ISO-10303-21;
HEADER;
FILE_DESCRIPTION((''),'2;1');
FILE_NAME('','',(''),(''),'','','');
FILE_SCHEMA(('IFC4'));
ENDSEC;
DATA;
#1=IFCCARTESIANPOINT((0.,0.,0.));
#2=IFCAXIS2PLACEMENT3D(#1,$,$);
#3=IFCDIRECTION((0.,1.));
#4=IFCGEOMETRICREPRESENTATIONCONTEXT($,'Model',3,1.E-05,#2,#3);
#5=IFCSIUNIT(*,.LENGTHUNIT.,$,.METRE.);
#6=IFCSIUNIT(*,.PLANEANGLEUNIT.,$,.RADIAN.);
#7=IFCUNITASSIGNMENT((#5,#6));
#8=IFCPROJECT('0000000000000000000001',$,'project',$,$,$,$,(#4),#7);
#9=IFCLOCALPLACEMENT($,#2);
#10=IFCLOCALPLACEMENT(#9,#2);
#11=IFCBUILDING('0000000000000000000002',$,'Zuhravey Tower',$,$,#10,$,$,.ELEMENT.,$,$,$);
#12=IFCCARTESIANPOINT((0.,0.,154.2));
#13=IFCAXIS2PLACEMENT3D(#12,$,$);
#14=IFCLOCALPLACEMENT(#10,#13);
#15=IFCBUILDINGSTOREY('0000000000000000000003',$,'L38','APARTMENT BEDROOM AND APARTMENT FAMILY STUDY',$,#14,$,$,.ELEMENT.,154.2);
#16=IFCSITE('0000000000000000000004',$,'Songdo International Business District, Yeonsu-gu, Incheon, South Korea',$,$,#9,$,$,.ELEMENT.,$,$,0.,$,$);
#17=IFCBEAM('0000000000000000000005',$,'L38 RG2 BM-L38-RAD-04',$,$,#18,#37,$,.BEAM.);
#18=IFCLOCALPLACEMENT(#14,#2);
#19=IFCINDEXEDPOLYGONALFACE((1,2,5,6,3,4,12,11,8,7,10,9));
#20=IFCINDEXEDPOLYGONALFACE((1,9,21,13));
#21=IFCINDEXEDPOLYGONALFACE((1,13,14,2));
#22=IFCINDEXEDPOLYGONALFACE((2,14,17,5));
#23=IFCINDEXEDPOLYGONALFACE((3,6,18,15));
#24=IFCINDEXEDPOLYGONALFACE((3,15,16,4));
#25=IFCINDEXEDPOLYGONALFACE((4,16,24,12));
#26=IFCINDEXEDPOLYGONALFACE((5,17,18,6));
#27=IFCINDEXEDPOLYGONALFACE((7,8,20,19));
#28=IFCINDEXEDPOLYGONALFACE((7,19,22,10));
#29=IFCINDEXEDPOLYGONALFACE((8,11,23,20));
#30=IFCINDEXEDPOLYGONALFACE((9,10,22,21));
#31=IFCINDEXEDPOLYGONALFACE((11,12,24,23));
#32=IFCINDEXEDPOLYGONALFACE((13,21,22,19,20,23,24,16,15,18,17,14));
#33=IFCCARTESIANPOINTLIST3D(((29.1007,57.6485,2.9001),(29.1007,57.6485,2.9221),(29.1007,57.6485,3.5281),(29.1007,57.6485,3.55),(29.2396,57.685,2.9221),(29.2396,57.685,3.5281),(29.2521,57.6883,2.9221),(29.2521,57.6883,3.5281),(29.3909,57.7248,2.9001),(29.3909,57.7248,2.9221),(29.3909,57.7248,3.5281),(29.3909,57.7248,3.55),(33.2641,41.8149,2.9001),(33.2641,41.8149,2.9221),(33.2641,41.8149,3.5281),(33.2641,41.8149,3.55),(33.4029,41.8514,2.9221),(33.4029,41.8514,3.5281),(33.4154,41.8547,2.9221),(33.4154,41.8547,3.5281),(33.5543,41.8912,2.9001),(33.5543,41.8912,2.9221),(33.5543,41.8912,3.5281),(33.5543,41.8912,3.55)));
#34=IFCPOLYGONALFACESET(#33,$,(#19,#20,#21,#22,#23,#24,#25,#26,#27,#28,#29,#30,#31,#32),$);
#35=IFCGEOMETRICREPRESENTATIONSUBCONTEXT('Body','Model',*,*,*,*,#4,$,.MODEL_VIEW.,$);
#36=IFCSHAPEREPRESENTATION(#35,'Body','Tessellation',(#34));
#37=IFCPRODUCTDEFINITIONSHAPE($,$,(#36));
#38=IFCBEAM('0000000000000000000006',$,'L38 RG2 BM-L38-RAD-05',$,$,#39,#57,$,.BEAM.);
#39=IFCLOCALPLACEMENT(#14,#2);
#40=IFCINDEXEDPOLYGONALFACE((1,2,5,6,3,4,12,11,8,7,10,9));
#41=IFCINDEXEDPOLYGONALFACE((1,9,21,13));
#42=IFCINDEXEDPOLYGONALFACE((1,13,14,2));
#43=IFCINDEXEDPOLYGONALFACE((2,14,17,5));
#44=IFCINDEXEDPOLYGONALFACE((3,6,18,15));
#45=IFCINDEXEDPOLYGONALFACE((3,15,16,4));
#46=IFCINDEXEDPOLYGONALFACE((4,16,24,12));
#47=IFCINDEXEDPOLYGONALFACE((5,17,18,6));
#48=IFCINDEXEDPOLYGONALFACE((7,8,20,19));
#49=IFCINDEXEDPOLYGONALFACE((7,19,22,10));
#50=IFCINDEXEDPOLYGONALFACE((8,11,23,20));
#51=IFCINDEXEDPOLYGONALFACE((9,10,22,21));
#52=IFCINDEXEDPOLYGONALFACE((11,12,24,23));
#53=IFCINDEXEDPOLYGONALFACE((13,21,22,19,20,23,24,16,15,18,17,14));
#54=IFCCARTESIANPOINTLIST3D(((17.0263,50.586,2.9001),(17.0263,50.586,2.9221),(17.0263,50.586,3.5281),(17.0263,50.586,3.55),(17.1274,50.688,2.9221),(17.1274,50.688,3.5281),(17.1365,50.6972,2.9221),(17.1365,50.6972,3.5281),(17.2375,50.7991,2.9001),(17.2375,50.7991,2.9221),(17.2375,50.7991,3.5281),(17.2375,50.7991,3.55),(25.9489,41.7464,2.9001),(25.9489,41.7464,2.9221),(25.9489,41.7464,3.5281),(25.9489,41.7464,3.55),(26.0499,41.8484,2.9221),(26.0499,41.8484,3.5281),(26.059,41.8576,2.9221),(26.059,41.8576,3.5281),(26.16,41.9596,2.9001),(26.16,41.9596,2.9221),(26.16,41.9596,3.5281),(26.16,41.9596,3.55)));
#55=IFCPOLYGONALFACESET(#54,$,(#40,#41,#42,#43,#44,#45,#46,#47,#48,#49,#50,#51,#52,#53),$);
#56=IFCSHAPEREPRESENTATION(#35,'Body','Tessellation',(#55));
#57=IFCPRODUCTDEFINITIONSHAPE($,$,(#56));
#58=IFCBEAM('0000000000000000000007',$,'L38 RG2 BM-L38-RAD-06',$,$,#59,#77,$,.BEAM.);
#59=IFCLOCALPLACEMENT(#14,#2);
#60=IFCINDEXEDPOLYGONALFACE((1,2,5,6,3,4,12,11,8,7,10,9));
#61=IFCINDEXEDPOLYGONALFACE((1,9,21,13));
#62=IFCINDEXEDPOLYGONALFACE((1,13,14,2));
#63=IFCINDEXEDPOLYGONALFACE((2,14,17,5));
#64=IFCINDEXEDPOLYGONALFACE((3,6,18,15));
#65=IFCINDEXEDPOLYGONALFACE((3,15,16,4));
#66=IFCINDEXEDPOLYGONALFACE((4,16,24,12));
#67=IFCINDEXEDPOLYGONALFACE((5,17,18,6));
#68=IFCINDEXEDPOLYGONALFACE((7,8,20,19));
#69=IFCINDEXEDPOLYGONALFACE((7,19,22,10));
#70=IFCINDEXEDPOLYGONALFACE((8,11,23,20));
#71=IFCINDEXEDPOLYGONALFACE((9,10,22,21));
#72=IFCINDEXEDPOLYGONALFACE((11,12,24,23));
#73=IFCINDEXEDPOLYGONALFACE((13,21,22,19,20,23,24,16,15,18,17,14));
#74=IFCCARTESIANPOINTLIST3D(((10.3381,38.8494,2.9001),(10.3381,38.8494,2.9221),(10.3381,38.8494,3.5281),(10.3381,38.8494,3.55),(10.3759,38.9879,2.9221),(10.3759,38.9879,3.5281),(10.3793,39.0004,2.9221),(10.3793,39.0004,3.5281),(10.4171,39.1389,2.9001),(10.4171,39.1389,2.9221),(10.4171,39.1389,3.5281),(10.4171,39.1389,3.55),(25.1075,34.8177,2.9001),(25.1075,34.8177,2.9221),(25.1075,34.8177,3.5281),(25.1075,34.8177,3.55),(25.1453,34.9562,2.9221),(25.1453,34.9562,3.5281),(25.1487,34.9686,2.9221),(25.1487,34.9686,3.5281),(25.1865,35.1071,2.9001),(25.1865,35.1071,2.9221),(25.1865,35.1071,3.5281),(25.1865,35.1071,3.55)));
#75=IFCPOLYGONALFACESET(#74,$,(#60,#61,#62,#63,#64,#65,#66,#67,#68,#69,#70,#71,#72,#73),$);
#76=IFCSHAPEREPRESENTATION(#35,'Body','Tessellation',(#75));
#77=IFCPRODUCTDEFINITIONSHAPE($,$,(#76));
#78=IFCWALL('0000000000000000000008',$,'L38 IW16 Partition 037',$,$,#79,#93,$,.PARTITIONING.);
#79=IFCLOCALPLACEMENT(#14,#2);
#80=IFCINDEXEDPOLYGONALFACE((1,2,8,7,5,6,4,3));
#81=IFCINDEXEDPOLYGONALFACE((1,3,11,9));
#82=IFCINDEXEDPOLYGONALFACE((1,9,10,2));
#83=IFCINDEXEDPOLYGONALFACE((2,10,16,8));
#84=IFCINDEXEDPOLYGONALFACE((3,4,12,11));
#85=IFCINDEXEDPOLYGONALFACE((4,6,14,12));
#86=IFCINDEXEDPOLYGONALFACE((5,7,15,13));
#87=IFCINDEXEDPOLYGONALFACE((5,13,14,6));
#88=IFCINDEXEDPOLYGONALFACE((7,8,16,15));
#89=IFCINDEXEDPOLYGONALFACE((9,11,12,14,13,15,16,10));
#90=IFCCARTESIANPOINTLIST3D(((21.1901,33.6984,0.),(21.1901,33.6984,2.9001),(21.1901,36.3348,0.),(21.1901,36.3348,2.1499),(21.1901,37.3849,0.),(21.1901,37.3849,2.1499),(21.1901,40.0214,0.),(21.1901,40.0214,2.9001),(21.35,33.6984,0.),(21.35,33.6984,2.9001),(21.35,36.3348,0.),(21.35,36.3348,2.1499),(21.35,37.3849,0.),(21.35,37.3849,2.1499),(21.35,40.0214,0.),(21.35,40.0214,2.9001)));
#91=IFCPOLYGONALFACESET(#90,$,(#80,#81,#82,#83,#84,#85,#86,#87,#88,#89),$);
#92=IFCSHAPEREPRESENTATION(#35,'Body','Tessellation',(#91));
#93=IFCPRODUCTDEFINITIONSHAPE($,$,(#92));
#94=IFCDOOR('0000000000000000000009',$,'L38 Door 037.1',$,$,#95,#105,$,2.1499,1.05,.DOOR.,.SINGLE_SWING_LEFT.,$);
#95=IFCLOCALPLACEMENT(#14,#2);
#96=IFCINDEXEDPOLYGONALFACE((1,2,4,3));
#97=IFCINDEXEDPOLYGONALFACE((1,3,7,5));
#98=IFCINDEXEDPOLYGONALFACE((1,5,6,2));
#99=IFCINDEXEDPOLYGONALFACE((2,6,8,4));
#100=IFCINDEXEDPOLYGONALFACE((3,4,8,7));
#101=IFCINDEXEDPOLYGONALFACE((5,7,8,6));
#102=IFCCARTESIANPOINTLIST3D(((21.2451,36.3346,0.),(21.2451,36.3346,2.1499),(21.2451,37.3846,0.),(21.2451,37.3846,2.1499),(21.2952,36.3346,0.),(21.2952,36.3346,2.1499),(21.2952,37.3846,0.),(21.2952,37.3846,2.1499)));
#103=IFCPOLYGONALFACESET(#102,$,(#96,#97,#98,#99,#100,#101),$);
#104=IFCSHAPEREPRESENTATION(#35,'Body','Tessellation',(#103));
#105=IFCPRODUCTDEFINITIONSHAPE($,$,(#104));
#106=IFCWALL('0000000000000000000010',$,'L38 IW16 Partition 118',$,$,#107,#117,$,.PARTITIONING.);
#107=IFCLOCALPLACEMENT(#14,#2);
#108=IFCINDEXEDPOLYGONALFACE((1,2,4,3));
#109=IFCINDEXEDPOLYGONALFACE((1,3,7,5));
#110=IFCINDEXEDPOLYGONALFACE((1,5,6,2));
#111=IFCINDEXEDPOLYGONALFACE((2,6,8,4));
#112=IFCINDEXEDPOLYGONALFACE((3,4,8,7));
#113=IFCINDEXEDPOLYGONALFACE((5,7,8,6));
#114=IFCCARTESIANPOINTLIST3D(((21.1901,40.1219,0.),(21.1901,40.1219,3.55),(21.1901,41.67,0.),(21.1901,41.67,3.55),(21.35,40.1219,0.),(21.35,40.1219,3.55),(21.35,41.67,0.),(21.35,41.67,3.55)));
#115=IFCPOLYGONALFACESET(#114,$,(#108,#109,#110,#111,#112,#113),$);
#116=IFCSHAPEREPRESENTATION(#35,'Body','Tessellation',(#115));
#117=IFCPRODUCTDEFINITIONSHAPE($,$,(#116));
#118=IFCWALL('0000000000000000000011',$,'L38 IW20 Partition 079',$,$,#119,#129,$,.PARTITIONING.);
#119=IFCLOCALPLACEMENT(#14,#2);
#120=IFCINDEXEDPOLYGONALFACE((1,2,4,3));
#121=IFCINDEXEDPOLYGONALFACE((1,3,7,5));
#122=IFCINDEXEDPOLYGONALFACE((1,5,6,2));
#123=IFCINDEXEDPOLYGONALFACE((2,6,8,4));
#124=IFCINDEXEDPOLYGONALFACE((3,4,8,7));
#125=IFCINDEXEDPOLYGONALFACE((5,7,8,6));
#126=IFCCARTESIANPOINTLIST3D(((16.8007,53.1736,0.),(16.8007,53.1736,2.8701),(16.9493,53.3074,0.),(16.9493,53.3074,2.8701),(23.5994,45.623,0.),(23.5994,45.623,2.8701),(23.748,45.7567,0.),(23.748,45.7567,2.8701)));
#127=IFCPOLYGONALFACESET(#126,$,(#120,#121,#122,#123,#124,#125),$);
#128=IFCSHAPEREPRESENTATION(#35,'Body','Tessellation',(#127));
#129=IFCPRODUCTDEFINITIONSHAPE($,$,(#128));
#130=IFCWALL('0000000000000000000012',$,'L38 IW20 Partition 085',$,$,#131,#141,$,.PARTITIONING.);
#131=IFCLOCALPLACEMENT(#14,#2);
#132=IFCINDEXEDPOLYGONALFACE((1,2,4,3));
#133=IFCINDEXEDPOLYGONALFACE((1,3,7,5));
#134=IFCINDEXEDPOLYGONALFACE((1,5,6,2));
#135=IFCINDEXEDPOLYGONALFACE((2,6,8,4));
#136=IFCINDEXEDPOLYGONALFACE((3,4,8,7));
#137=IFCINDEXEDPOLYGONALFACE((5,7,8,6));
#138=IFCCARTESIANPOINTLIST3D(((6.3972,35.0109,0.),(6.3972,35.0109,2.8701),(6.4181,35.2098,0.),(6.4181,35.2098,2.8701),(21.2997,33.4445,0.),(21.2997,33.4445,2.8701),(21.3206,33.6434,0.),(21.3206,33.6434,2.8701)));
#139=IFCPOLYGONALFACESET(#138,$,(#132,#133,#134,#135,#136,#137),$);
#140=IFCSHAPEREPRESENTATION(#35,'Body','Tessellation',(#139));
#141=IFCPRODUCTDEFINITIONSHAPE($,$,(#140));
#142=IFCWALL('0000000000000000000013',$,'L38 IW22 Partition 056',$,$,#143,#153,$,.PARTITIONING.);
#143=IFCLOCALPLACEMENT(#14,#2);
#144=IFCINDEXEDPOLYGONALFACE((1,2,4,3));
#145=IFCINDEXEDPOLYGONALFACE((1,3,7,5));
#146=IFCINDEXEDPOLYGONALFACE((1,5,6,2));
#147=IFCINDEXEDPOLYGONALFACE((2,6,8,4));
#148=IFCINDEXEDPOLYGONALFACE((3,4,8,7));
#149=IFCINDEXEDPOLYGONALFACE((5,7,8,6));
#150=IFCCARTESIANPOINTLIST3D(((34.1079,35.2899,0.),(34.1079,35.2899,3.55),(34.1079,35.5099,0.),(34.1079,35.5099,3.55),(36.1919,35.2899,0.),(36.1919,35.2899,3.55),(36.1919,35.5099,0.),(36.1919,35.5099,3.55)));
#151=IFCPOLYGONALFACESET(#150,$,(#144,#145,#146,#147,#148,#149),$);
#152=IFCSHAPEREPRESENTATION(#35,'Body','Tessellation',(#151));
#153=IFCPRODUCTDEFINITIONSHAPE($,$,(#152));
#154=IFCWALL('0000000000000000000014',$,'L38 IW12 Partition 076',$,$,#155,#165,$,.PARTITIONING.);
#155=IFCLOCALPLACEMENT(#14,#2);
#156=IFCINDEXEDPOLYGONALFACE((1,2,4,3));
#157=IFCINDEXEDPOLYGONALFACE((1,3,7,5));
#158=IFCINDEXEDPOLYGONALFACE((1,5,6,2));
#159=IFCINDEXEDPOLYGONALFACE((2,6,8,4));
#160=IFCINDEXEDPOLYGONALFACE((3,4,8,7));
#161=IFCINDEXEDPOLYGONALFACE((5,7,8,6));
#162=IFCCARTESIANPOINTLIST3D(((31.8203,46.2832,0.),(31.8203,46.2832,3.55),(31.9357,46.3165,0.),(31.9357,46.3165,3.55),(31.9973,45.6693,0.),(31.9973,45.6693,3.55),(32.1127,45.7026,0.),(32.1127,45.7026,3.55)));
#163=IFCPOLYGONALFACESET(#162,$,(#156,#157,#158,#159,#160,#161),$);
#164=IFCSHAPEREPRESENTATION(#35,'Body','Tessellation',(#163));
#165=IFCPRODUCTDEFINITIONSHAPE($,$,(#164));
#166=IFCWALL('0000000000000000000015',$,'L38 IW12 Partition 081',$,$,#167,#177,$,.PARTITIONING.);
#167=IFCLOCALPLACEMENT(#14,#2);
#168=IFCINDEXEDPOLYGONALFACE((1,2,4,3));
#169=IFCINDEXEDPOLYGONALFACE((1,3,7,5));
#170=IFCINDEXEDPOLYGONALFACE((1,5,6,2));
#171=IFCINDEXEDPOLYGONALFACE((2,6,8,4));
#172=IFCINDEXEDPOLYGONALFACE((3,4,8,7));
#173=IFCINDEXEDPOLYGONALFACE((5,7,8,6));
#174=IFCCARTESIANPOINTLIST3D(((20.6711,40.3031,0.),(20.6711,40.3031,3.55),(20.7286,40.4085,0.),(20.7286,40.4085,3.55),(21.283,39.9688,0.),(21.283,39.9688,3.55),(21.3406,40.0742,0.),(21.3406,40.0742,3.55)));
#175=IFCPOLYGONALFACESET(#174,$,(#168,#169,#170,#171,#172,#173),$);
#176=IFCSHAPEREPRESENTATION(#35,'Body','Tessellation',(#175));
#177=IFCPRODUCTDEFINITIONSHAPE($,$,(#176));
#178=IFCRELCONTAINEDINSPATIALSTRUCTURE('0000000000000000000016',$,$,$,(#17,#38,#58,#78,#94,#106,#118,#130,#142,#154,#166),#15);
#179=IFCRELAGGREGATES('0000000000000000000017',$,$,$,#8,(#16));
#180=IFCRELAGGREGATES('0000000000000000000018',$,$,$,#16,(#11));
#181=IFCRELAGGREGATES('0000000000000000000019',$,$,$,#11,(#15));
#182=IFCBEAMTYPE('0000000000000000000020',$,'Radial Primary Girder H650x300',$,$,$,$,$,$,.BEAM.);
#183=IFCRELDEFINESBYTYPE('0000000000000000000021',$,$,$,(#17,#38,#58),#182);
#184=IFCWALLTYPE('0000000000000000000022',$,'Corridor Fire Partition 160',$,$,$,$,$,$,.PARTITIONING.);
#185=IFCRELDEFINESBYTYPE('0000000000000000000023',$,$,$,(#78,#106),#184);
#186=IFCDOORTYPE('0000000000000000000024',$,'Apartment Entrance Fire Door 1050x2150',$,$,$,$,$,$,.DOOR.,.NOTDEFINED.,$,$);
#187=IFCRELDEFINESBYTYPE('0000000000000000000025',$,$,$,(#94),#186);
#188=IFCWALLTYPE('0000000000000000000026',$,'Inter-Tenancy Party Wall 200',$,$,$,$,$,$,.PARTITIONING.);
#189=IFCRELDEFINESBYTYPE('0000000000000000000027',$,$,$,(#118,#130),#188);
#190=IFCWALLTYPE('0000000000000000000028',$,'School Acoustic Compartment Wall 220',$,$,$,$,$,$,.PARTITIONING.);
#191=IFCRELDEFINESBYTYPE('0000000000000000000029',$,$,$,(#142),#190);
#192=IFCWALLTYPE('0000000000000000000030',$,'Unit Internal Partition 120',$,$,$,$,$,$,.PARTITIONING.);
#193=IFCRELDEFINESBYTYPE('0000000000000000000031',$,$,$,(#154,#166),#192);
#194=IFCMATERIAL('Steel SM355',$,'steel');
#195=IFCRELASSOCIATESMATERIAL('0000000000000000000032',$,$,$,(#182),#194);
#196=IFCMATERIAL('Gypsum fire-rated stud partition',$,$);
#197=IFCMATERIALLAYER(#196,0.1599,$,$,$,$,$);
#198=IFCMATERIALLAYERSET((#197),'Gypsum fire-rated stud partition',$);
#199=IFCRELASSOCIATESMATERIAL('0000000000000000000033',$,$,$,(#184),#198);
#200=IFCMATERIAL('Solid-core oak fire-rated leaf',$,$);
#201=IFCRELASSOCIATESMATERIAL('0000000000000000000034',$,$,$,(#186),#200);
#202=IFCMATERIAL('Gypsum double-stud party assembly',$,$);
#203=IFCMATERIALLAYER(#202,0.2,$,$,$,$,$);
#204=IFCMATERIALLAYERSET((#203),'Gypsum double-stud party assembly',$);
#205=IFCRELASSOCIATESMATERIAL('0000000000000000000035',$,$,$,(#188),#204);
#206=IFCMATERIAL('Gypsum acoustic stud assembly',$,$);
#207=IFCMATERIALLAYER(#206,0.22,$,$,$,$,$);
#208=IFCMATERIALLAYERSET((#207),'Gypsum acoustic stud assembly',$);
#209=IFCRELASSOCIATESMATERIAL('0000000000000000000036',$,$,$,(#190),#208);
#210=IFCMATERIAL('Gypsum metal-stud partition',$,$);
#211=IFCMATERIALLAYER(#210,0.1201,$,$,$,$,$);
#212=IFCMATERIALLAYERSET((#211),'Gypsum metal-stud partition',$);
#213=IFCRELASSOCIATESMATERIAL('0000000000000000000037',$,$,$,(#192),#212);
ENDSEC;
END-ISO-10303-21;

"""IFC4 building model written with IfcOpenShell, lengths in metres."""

from ifc_helpers import new_model, si_unit, direction, frame, frame_2d, origin, origin_2d, place, context, subcontext, project, spatial, rectangle, i_section, extrude, material, layer, layer_set, material_profile, profile_set, type_object, element, fill, save


model = new_model("IFC4")

# Units and contexts
model_context = context("Model", 3, precision=1e-05, world=origin(), true_north=direction((0.0, 1.0)))
body_context = subcontext(model_context, "Body", "Model", "MODEL_VIEW")
ifc_project = project(units=[si_unit("LENGTHUNIT", "METRE"), si_unit("PLANEANGLEUNIT", "RADIAN")], contexts=[model_context])

# Site, building, storey
site_placement = place(None, origin())
site = spatial("IfcSite", under=ifc_project, at=site_placement, Name="Songdo International Business District, Yeonsu-gu, Incheon, South Korea", CompositionType="ELEMENT", RefElevation=0.0)
building_placement = place(site_placement, origin())
building = spatial("IfcBuilding", under=site, at=building_placement, Name="Zuhravey Tower", CompositionType="ELEMENT")
storey_placement = place(building_placement, frame((0.0, 0.0, 154.2)))
storey = spatial("IfcBuildingStorey", under=building, at=storey_placement, Name="L38", Description="APARTMENT BEDROOM AND APARTMENT FAMILY STUDY", CompositionType="ELEMENT", Elevation=154.2)

# Beams
ifc_material_1 = material(Name="Steel SM355", Category="steel")
ifc_material_profile = material_profile(ifc_material_1, i_section(OverallWidth=0.3, OverallDepth=0.6499, WebThickness=0.0129, FlangeThickness=0.022, at=origin_2d()), Name="H-650x300x13x22")
ifc_profile_set = profile_set([ifc_material_profile], Name="Steel SM355")
beam_type = type_object("IfcBeamType", Name="Radial Primary Girder H650x300", PredefinedType="BEAM", material=ifc_profile_set)
beam_1_placement = place(storey_placement, frame((33.4092, 41.853, 3.2251), z_axis=(-0.2543, 0.967125, 0.0), x_axis=(-0.967125, -0.2543, 0.0)))
element("IfcBeam", 1, at=beam_1_placement, inside=storey, type_object=beam_type, Name="L38 RG2 BM-L38-RAD-04", PredefinedType="BEAM", context=body_context, shape_type="SweptSolid", body=[
    extrude(i_section(OverallWidth=0.3, OverallDepth=0.6499, WebThickness=0.0129, FlangeThickness=0.022, at=origin_2d()), origin(), (0.0, 0.0, 1.0), 16.3718),
])
beam_2_placement = place(storey_placement, frame((26.0544, 41.853, 3.2251), z_axis=(-0.710404, 0.703795, 0.0), x_axis=(-0.703795, -0.710404, 0.0)))
element("IfcBeam", 2, at=beam_2_placement, inside=storey, type_object=beam_type, Name="L38 RG2 BM-L38-RAD-05", PredefinedType="BEAM", context=body_context, shape_type="SweptSolid", body=[
    extrude(i_section(OverallWidth=0.3, OverallDepth=0.6499, WebThickness=0.0129, FlangeThickness=0.022, at=origin_2d()), origin(), (0.0, 0.0, 1.0), 12.5598),
])
beam_3_placement = place(storey_placement, frame((25.147, 34.9624, 3.2251), z_axis=(-0.964702, 0.263345, 0.0), x_axis=(-0.263345, -0.964702, 0.0)))
element("IfcBeam", 3, at=beam_3_placement, inside=storey, type_object=beam_type, Name="L38 RG2 BM-L38-RAD-06", PredefinedType="BEAM", context=body_context, shape_type="SweptSolid", body=[
    extrude(i_section(OverallWidth=0.3, OverallDepth=0.6499, WebThickness=0.0129, FlangeThickness=0.022, at=origin_2d()), origin(), (0.0, 0.0, 1.0), 15.3098),
])

# Wall, opening, door
ifc_material_2 = material(Name="Gypsum fire-rated stud partition")
ifc_layer_1 = layer(ifc_material_2, 0.1599)
ifc_layer_set_1 = layer_set([ifc_layer_1], Name="Gypsum fire-rated stud partition")
wall_type_1 = type_object("IfcWallType", Name="Corridor Fire Partition 160", PredefinedType="PARTITIONING", material=ifc_layer_set_1)
wall_1_placement = place(storey_placement, frame((21.27, 40.0215, 0.0), z_axis=(0.0, 0.0, 1.0), x_axis=(0.0, -1.0, 0.0)))
wall_1 = element("IfcWall", 4, at=wall_1_placement, inside=storey, type_object=wall_type_1, Name="L38 IW16 Partition 037", PredefinedType="PARTITIONING", context=body_context, shape_type="SweptSolid", body=[
    extrude(rectangle(XDim=6.323, YDim=0.1599, at=frame_2d((3.1616, 0.0))), origin(), (0.0, 0.0, 1.0), 2.9001),
])
opening_1_placement = place(wall_1_placement, frame((2.6367, 0.0, 0.0)))
opening_1 = element("IfcOpeningElement", 5, at=opening_1_placement, cuts=wall_1, PredefinedType="OPENING", context=body_context, shape_type="SweptSolid", body=[
    extrude(rectangle(XDim=1.05, YDim=2.1499, at=frame_2d((0.5249, 1.075))), frame((0.0, 0.092, 0.0), z_axis=(0.0, -1.0, 0.0), x_axis=(1.0, 0.0, 0.0)), (0.0, 0.0, 1.0), 0.1838),
])
ifc_material_3 = material(Name="Solid-core oak fire-rated leaf")
door_type = type_object("IfcDoorType", Name="Apartment Entrance Fire Door 1050x2150", OperationType="NOTDEFINED", PredefinedType="DOOR", material=ifc_material_3)
door_1_placement = place(opening_1_placement, frame((1.05, 0.0, 0.0), z_axis=(0.0, 0.0, 1.0), x_axis=(-1.0, 0.0, 0.0)))
door_1 = element("IfcDoor", 6, at=door_1_placement, inside=storey, type_object=door_type, Name="L38 Door 037.1", OperationType="SINGLE_SWING_LEFT", OverallHeight=2.1499, OverallWidth=1.05, PredefinedType="DOOR", context=body_context, shape_type="SweptSolid", body=[
    extrude(rectangle(XDim=1.05, YDim=2.1499, at=frame_2d((0.5249, 1.075))), frame((0.0, 0.0249, 0.0), z_axis=(0.0, -1.0, 0.0), x_axis=(1.0, 0.0, 0.0)), (0.0, 0.0, 1.0), 0.05),
])
fill(opening_1, door_1)

# Walls
wall_2_placement = place(storey_placement, frame((21.27, 41.6699, 0.0), z_axis=(0.0, 0.0, 1.0), x_axis=(0.0, -1.0, 0.0)))
element("IfcWall", 7, at=wall_2_placement, inside=storey, type_object=wall_type_1, Name="L38 IW16 Partition 118", PredefinedType="PARTITIONING", context=body_context, shape_type="SweptSolid", body=[
    extrude(rectangle(XDim=1.5481, YDim=0.1599, at=frame_2d((0.7739, 0.0))), origin(), (0.0, 0.0, 1.0), 3.55),
])
ifc_material_4 = material(Name="Gypsum double-stud party assembly")
ifc_layer_2 = layer(ifc_material_4, 0.2)
ifc_layer_set_2 = layer_set([ifc_layer_2], Name="Gypsum double-stud party assembly")
wall_type_2 = type_object("IfcWallType", Name="Inter-Tenancy Party Wall 200", PredefinedType="PARTITIONING", material=ifc_layer_set_2)
wall_3_placement = place(storey_placement, frame((23.6736, 45.6899, 0.0), z_axis=(0.0, 0.0, 1.0), x_axis=(-0.669133, 0.743142, 0.0)))
element("IfcWall", 8, at=wall_3_placement, inside=storey, type_object=wall_type_2, Name="L38 IW20 Partition 079", PredefinedType="PARTITIONING", context=body_context, shape_type="SweptSolid", body=[
    extrude(rectangle(XDim=10.1604, YDim=0.2, at=frame_2d((5.0801, 0.0))), origin(), (0.0, 0.0, 1.0), 2.8701),
])
wall_4_placement = place(storey_placement, frame((21.3101, 33.5439, 0.0), z_axis=(0.0, 0.0, 1.0), x_axis=(-0.994521, 0.104534, 0.0)))
element("IfcWall", 9, at=wall_4_placement, inside=storey, type_object=wall_type_2, Name="L38 IW20 Partition 085", PredefinedType="PARTITIONING", context=body_context, shape_type="SweptSolid", body=[
    extrude(rectangle(XDim=14.9846, YDim=0.2, at=frame_2d((7.4922, 0.0))), origin(), (0.0, 0.0, 1.0), 2.8701),
])
ifc_material_5 = material(Name="Gypsum acoustic stud assembly")
ifc_layer_3 = layer(ifc_material_5, 0.22)
ifc_layer_set_3 = layer_set([ifc_layer_3], Name="Gypsum acoustic stud assembly")
wall_type_3 = type_object("IfcWallType", Name="School Acoustic Compartment Wall 220", PredefinedType="PARTITIONING", material=ifc_layer_set_3)
wall_5_placement = place(storey_placement, frame((34.1079, 35.3999, 0.0), z_axis=(0.0, 0.0, 1.0), x_axis=(1.0, 0.0, 0.0)))
element("IfcWall", 10, at=wall_5_placement, inside=storey, type_object=wall_type_3, Name="L38 IW22 Partition 056", PredefinedType="PARTITIONING", context=body_context, shape_type="SweptSolid", body=[
    extrude(rectangle(XDim=2.084, YDim=0.22, at=frame_2d((1.042, 0.0))), origin(), (0.0, 0.0, 1.0), 3.55),
])
ifc_material_6 = material(Name="Gypsum metal-stud partition")
ifc_layer_4 = layer(ifc_material_6, 0.1201)
ifc_layer_set_4 = layer_set([ifc_layer_4], Name="Gypsum metal-stud partition")
wall_type_4 = type_object("IfcWallType", Name="Unit Internal Partition 120", PredefinedType="PARTITIONING", material=ifc_layer_set_4)
wall_6_placement = place(storey_placement, frame((32.0549, 45.686, 0.0), z_axis=(0.0, 0.0, 1.0), x_axis=(-0.276991, 0.960872, 0.0)))
element("IfcWall", 11, at=wall_6_placement, inside=storey, type_object=wall_type_4, Name="L38 IW12 Partition 076", PredefinedType="PARTITIONING", context=body_context, shape_type="SweptSolid", body=[
    extrude(rectangle(XDim=0.6389, YDim=0.1201, at=frame_2d((0.3193, 0.0))), origin(), (0.0, 0.0, 1.0), 3.55),
])
wall_7_placement = place(storey_placement, frame((21.3118, 40.0215, 0.0), z_axis=(0.0, 0.0, 1.0), x_axis=(-0.877588, 0.479416, 0.0)))
element("IfcWall", 12, at=wall_7_placement, inside=storey, type_object=wall_type_4, Name="L38 IW12 Partition 081", PredefinedType="PARTITIONING", context=body_context, shape_type="SweptSolid", body=[
    extrude(rectangle(XDim=0.6973, YDim=0.1201, at=frame_2d((0.3486, 0.0))), origin(), (0.0, 0.0, 1.0), 3.55),
])

save(model, "model.ifc")
